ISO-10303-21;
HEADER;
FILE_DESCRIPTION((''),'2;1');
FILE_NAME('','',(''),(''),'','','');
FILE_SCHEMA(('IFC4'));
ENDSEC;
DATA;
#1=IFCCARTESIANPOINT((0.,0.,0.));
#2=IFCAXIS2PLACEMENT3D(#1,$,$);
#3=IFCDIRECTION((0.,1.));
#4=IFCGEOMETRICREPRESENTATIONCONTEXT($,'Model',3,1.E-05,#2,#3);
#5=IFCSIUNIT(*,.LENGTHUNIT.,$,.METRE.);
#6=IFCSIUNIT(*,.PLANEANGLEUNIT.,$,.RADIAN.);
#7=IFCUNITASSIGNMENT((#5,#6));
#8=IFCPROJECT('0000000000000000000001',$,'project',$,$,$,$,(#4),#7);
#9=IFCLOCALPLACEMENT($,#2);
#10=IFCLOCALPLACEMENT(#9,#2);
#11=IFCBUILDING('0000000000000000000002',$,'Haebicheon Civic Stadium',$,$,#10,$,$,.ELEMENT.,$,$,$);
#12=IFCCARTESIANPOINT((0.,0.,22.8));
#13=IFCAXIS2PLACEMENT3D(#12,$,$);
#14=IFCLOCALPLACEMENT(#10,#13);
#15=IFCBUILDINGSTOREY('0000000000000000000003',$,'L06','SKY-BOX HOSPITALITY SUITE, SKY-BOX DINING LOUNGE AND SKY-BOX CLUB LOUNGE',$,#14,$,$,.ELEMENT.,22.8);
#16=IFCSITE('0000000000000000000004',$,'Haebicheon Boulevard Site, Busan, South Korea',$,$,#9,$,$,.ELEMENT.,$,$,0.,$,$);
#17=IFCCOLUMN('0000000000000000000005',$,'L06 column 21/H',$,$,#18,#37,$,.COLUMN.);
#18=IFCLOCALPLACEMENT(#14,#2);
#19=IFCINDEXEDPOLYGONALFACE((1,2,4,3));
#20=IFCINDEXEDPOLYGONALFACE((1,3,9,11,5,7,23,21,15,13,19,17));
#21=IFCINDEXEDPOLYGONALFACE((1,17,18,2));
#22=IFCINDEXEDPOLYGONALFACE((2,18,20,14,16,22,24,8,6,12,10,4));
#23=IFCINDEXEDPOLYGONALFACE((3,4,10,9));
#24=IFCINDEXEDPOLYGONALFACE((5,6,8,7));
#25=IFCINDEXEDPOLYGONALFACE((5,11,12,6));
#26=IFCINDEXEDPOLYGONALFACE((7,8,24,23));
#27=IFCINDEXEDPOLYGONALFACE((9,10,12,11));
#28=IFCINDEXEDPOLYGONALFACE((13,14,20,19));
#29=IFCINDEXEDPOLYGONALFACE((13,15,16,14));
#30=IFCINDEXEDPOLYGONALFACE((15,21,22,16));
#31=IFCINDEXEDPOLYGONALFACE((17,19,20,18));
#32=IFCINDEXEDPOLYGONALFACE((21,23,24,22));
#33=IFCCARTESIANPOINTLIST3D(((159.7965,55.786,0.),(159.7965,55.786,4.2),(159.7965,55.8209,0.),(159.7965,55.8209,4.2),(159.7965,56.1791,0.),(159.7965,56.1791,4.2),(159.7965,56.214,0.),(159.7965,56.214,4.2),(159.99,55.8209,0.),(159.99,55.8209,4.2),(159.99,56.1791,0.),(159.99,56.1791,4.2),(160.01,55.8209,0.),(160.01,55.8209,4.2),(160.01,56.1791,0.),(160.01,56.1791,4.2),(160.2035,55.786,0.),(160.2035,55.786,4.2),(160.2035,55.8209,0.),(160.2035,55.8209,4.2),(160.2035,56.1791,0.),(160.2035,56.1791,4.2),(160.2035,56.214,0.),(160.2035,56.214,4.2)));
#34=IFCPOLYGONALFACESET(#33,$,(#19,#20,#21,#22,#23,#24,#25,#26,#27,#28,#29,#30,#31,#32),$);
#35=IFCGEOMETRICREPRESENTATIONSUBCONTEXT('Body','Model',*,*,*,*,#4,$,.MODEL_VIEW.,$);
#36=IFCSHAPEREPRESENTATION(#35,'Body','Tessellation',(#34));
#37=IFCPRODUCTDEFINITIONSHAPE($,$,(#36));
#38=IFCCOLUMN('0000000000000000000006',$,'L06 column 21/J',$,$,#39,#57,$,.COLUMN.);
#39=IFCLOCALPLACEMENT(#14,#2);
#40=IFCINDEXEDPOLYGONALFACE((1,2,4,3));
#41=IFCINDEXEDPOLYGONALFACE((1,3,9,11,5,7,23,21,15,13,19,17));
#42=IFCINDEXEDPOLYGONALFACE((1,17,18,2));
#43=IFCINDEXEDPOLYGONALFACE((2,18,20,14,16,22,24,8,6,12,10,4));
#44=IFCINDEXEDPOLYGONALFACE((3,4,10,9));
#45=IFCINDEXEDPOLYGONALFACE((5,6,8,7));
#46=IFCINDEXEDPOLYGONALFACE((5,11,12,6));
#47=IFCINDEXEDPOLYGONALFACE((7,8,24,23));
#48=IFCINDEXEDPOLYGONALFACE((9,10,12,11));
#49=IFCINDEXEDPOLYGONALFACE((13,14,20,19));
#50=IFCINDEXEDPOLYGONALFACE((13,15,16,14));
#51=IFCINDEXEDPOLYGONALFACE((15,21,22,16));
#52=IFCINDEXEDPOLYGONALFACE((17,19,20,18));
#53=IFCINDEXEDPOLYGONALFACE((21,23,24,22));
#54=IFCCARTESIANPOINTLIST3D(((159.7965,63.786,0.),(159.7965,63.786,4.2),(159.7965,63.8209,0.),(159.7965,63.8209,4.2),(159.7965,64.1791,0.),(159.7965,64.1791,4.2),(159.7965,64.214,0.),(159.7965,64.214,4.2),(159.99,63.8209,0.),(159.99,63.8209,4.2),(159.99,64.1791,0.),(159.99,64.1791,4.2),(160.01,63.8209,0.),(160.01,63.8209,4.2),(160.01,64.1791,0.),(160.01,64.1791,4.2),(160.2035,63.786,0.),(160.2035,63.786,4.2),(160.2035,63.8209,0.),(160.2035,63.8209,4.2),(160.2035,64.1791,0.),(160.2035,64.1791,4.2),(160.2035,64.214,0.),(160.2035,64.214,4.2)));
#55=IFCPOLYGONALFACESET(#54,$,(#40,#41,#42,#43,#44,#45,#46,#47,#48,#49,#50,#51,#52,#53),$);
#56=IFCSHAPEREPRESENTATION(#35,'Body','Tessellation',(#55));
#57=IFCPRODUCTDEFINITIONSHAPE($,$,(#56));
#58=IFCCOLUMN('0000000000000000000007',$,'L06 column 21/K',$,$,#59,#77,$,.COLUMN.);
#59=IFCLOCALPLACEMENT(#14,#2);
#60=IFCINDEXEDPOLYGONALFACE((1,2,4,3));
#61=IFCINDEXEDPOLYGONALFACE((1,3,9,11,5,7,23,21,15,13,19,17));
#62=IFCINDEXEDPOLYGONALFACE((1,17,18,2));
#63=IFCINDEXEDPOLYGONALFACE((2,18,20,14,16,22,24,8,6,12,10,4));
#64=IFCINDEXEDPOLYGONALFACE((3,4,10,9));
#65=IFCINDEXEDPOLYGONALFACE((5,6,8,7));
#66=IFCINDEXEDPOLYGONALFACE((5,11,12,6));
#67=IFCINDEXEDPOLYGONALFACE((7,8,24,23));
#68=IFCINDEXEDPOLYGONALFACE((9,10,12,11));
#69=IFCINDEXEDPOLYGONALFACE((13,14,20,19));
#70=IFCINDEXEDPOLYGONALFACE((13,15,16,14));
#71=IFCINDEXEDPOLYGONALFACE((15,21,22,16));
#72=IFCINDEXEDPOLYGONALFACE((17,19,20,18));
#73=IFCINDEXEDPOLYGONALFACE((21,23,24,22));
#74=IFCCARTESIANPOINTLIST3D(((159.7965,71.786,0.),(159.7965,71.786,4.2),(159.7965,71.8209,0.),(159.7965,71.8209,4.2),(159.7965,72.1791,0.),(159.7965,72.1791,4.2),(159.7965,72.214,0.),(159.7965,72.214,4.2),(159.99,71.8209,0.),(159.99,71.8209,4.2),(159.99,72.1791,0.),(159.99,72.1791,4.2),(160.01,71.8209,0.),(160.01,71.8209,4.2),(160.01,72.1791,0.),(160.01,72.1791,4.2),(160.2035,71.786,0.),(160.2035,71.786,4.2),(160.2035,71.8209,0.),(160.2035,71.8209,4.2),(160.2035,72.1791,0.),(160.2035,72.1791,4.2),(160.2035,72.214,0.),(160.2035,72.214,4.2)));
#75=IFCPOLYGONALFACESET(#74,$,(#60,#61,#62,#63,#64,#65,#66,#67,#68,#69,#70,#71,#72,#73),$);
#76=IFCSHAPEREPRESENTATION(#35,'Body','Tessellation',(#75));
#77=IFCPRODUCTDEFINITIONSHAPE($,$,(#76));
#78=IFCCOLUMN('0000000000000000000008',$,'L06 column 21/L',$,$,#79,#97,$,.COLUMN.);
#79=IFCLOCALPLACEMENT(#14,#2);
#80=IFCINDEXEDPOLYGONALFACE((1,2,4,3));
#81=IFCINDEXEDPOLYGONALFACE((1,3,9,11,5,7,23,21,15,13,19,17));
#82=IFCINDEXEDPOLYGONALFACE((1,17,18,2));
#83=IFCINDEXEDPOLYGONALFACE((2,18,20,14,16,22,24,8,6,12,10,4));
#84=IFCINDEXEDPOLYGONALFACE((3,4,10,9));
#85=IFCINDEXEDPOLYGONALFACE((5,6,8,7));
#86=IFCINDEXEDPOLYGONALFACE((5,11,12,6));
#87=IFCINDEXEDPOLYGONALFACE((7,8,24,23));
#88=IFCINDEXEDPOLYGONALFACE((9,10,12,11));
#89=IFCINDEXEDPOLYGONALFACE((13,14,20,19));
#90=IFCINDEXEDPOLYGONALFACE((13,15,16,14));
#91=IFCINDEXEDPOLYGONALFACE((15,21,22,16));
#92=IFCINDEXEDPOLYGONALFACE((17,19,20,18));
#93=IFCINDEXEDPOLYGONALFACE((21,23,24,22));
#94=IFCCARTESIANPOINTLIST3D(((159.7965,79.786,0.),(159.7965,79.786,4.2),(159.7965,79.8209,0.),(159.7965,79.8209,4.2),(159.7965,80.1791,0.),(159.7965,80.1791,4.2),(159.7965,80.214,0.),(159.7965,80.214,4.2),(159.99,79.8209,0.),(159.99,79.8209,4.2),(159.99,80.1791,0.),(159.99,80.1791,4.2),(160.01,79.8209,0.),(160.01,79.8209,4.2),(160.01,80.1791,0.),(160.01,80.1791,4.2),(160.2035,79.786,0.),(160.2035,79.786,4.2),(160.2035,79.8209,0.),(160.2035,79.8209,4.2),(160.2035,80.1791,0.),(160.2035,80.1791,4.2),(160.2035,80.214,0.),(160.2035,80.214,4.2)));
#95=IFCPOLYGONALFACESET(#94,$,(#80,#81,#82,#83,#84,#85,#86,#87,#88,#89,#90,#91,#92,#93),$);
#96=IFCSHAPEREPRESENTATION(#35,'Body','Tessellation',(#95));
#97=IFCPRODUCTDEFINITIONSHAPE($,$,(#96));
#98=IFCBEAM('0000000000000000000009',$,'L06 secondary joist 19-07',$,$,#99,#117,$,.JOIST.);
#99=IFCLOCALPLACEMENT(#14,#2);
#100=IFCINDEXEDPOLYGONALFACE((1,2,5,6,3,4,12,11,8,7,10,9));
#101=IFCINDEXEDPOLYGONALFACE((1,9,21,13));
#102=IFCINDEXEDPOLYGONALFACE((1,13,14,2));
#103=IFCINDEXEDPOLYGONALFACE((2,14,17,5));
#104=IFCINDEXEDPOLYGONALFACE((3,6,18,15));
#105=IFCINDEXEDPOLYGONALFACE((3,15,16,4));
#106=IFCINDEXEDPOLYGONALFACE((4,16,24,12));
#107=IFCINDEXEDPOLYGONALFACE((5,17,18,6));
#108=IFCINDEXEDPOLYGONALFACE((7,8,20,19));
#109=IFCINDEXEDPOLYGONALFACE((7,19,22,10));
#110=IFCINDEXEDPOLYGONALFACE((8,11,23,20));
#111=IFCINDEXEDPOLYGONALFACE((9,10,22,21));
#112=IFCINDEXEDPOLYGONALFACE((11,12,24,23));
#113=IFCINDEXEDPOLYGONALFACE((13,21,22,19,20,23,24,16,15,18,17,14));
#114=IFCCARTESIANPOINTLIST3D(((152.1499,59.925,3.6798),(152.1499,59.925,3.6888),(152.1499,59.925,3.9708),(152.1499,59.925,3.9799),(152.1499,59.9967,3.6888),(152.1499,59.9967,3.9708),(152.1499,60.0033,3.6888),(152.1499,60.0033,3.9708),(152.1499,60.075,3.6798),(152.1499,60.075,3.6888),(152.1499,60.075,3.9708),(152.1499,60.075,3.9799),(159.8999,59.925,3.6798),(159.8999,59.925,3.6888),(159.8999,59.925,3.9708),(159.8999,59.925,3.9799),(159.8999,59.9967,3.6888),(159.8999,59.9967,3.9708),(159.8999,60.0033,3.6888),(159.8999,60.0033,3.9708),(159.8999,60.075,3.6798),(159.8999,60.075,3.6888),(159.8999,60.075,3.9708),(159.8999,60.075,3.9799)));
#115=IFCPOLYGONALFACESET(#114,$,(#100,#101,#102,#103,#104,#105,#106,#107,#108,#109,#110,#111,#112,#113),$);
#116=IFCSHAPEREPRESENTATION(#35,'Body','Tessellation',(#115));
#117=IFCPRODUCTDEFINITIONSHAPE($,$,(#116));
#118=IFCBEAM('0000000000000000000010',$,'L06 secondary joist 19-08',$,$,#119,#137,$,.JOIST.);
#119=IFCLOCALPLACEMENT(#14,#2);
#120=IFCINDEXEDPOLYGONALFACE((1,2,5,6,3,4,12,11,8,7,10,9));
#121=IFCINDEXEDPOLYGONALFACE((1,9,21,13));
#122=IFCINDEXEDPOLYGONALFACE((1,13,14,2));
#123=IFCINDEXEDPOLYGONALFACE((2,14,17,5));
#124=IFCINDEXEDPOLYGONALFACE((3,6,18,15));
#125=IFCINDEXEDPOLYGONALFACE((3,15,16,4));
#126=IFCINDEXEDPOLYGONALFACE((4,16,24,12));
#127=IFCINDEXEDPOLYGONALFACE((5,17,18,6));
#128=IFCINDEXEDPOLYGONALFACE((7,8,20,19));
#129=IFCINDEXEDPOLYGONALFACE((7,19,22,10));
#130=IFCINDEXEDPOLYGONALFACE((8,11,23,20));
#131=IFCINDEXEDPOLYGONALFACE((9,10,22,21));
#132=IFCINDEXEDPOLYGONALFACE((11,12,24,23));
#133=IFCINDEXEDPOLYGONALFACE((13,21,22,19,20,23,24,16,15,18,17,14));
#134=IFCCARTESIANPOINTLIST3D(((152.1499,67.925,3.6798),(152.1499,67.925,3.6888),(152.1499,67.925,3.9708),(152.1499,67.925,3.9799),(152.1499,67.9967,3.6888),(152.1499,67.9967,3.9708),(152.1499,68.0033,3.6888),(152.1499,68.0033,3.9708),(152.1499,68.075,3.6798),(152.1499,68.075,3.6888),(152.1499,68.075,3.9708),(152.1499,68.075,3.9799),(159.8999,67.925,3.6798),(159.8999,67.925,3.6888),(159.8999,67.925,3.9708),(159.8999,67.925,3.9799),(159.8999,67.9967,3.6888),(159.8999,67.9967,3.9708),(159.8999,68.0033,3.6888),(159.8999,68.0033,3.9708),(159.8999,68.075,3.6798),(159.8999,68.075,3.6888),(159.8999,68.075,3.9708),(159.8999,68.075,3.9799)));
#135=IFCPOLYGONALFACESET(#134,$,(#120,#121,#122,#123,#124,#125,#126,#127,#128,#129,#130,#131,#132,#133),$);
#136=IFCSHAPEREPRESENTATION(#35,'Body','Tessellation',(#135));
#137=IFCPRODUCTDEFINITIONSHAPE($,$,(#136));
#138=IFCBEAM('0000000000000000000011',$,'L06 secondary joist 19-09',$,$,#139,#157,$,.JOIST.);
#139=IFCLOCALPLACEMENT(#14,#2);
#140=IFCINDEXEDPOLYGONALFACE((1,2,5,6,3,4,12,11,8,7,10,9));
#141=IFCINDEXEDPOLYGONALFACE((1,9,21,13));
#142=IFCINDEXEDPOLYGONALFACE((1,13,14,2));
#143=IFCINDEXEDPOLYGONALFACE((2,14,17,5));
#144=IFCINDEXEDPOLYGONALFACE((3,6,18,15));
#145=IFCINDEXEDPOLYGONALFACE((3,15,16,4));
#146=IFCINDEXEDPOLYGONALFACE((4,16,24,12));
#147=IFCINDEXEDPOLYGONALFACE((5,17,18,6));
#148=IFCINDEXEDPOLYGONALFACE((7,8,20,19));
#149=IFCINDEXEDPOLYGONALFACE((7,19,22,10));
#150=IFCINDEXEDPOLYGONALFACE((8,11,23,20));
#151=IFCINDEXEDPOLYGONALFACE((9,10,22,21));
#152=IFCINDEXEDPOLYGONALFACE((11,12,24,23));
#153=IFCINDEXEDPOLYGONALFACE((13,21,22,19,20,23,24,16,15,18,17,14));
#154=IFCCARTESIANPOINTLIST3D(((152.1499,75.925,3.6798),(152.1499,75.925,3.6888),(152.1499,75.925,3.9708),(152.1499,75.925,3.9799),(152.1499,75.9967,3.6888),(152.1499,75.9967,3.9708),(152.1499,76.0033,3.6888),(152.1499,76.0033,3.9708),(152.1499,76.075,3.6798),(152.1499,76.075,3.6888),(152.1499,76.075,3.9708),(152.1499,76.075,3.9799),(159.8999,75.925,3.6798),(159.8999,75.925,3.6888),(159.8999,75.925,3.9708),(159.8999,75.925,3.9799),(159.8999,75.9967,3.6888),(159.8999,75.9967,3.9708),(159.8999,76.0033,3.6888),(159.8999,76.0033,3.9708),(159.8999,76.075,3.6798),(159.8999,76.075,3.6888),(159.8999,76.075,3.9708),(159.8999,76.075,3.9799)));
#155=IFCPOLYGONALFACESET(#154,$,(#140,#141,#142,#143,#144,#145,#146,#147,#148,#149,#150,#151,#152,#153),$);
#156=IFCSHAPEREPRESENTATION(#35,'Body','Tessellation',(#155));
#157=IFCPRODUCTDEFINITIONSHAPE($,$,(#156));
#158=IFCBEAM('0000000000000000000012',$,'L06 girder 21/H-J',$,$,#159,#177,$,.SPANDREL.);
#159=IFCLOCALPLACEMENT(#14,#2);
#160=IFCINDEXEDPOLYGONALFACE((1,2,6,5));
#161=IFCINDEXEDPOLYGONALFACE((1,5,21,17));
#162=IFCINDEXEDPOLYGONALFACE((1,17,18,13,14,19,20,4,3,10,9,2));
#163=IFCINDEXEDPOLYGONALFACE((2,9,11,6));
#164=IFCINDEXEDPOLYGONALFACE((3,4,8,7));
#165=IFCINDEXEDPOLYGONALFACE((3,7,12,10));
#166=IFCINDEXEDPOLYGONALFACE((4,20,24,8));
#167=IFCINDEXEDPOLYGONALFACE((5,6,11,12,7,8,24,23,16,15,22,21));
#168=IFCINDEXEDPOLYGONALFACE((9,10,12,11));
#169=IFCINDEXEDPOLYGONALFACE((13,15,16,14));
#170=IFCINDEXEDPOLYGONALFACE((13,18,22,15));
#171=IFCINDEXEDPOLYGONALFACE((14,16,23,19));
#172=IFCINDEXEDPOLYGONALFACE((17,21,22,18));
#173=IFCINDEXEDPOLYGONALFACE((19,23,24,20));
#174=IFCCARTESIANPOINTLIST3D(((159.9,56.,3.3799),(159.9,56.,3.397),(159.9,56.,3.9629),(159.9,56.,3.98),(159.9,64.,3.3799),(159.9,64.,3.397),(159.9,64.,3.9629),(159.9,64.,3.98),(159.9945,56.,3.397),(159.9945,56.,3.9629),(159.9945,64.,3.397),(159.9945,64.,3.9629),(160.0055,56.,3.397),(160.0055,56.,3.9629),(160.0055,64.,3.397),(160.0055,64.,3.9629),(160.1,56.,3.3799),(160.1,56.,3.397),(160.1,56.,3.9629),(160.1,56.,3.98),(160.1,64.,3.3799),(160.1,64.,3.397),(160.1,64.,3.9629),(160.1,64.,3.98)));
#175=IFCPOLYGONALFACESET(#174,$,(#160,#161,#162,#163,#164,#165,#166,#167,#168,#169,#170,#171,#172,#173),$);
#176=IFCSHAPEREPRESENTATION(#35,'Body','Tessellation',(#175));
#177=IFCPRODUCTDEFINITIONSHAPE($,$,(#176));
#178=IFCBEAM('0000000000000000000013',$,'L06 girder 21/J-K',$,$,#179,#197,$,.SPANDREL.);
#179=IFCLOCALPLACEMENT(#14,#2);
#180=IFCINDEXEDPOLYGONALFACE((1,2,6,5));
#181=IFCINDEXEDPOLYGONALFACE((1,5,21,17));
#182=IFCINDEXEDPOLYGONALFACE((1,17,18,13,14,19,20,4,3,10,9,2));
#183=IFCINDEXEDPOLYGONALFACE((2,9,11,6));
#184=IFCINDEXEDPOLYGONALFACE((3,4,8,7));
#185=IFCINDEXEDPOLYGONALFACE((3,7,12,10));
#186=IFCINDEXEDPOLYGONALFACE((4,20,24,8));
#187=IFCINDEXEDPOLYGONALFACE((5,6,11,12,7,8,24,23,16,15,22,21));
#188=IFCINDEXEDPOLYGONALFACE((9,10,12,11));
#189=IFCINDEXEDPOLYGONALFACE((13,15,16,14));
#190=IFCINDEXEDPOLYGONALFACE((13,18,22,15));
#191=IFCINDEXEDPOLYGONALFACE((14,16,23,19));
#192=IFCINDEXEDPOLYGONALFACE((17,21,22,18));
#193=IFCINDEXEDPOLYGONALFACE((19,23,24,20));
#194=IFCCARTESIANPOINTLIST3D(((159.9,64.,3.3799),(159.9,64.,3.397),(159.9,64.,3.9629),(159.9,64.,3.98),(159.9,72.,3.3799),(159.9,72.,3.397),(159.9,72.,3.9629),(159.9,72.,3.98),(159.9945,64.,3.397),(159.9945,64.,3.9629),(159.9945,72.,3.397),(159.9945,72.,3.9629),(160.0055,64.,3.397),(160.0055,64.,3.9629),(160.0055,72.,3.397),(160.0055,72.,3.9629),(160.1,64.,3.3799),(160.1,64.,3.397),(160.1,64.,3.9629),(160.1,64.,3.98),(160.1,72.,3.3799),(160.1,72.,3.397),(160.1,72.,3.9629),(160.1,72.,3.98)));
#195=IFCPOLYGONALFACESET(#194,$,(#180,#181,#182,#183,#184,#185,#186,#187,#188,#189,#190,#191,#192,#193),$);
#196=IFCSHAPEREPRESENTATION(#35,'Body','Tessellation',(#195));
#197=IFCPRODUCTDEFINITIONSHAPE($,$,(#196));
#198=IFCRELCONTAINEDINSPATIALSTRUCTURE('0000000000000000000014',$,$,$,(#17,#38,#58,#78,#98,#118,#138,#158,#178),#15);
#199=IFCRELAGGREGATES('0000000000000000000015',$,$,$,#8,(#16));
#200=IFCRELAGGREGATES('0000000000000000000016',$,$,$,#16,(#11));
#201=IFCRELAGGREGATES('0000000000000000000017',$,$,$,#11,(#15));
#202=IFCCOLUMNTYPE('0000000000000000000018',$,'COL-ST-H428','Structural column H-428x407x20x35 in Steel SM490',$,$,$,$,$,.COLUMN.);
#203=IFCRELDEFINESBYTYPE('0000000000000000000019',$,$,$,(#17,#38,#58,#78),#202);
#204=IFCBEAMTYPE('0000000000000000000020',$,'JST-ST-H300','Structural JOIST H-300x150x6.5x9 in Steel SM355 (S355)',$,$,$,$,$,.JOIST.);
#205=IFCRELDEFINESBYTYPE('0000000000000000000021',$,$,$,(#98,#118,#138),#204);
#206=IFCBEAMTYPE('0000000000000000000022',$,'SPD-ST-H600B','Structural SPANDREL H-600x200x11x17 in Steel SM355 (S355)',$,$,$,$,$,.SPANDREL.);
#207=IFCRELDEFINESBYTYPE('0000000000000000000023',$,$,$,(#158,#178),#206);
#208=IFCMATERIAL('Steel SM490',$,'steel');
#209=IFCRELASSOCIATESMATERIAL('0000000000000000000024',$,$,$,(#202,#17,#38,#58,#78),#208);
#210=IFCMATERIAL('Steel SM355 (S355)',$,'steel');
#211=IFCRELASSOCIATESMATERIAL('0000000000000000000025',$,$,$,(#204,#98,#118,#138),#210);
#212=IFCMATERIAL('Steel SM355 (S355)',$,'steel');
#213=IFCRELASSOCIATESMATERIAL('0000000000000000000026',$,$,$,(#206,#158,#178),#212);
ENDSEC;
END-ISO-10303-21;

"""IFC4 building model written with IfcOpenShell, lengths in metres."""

from ifc_helpers import new_model, si_unit, direction, frame, origin, origin_2d, place, context, subcontext, project, spatial, i_section, extrude, material, material_profile, profile_set, type_object, element, save


model = new_model("IFC4")

# Units and contexts
model_context = context("Model", 3, precision=1e-05, world=origin(), true_north=direction((0.0, 1.0)))
body_context = subcontext(model_context, "Body", "Model", "MODEL_VIEW")
ifc_project = project(units=[si_unit("LENGTHUNIT", "METRE"), si_unit("PLANEANGLEUNIT", "RADIAN")], contexts=[model_context])

# Site, building, storey
site_placement = place(None, origin())
site = spatial("IfcSite", under=ifc_project, at=site_placement, Name="Haebicheon Boulevard Site, Busan, South Korea", CompositionType="ELEMENT", RefElevation=0.0)
building_placement = place(site_placement, origin())
building = spatial("IfcBuilding", under=site, at=building_placement, Name="Haebicheon Civic Stadium", CompositionType="ELEMENT")
storey_placement = place(building_placement, frame((0.0, 0.0, 22.8)))
storey = spatial("IfcBuildingStorey", under=building, at=storey_placement, Name="L06", Description="SKY-BOX HOSPITALITY SUITE, SKY-BOX DINING LOUNGE AND SKY-BOX CLUB LOUNGE", CompositionType="ELEMENT", Elevation=22.8)

# Columns
ifc_material_1 = material(Name="Steel SM490", Category="steel")
ifc_material_profile_1 = material_profile(ifc_material_1, i_section(OverallWidth=0.407, OverallDepth=0.428, WebThickness=0.02, FlangeThickness=0.0349, at=origin_2d()), Name="H-428x407x20x35")
ifc_profile_set_1 = profile_set([ifc_material_profile_1], Name="Steel SM490")
column_type = type_object("IfcColumnType", Name="COL-ST-H428", Description="Structural column H-428x407x20x35 in Steel SM490", PredefinedType="COLUMN", material=ifc_profile_set_1)
for number, where, z_axis, x_axis, name in (
    (1, (160.0, 56.0, 0.0), (0.0, 0.0, 1.0), (1.0, 0.0, 0.0), "L06 column 21/H"),
    (2, (160.0, 64.0, 0.0), (0.0, 0.0, 1.0), (1.0, 0.0, 0.0), "L06 column 21/J"),
    (3, (160.0, 72.0, 0.0), (0.0, 0.0, 1.0), (1.0, 0.0, 0.0), "L06 column 21/K"),
    (4, (160.0, 80.0, 0.0), (0.0, 0.0, 1.0), (1.0, 0.0, 0.0), "L06 column 21/L"),
):
    element("IfcColumn", number, at=place(storey_placement, frame(where, z_axis=z_axis, x_axis=x_axis)), inside=storey, type_object=column_type, material=ifc_profile_set_1, Name=name, PredefinedType="COLUMN", context=body_context, shape_type="SweptSolid", body=[
        extrude(i_section(OverallWidth=0.407, OverallDepth=0.428, WebThickness=0.02, FlangeThickness=0.0349, at=origin_2d()), origin(), (0.0, 0.0, 1.0), 4.2),
    ])

# Beams
ifc_material_2 = material(Name="Steel SM355 (S355)", Category="steel")
ifc_material_profile_2 = material_profile(ifc_material_2, i_section(OverallWidth=0.1499, OverallDepth=0.3, WebThickness=0.0066, FlangeThickness=0.009, at=origin_2d()), Name="H-300x150x6.5x9")
ifc_profile_set_2 = profile_set([ifc_material_profile_2], Name="Steel SM355 (S355)")
beam_type_1 = type_object("IfcBeamType", Name="JST-ST-H300", Description="Structural JOIST H-300x150x6.5x9 in Steel SM355 (S355)", PredefinedType="JOIST", material=ifc_profile_set_2)
for number, where, z_axis, x_axis, name in (
    (5, (152.1499, 60.0, 3.8298), (1.0, 0.0, 0.0), (0.0, 1.0, 0.0), "L06 secondary joist 19-07"),
    (6, (152.1499, 68.0, 3.8298), (1.0, 0.0, 0.0), (0.0, 1.0, 0.0), "L06 secondary joist 19-08"),
    (7, (152.1499, 76.0, 3.8298), (1.0, 0.0, 0.0), (0.0, 1.0, 0.0), "L06 secondary joist 19-09"),
):
    element("IfcBeam", number, at=place(storey_placement, frame(where, z_axis=z_axis, x_axis=x_axis)), inside=storey, type_object=beam_type_1, material=ifc_profile_set_2, Name=name, PredefinedType="JOIST", context=body_context, shape_type="SweptSolid", body=[
        extrude(i_section(OverallWidth=0.1499, OverallDepth=0.3, WebThickness=0.0066, FlangeThickness=0.009, at=origin_2d()), origin(), (0.0, 0.0, 1.0), 7.75),
    ])
ifc_material_3 = material(Name="Steel SM355 (S355)", Category="steel")
ifc_material_profile_3 = material_profile(ifc_material_3, i_section(OverallWidth=0.2, OverallDepth=0.6001, WebThickness=0.011, FlangeThickness=0.0171, at=origin_2d()), Name="H-600x200x11x17")
ifc_profile_set_3 = profile_set([ifc_material_profile_3], Name="Steel SM355 (S355)")
beam_type_2 = type_object("IfcBeamType", Name="SPD-ST-H600B", Description="Structural SPANDREL H-600x200x11x17 in Steel SM355 (S355)", PredefinedType="SPANDREL", material=ifc_profile_set_3)
for number, where, z_axis, x_axis, name in (
    (8, (160.0, 56.0, 3.6799), (0.0, 1.0, 0.0), (-1.0, 0.0, 0.0), "L06 girder 21/H-J"),
    (9, (160.0, 64.0, 3.6799), (0.0, 1.0, 0.0), (-1.0, 0.0, 0.0), "L06 girder 21/J-K"),
):
    element("IfcBeam", number, at=place(storey_placement, frame(where, z_axis=z_axis, x_axis=x_axis)), inside=storey, type_object=beam_type_2, material=ifc_profile_set_3, Name=name, PredefinedType="SPANDREL", context=body_context, shape_type="SweptSolid", body=[
        extrude(i_section(OverallWidth=0.2, OverallDepth=0.6001, WebThickness=0.011, FlangeThickness=0.0171, at=origin_2d()), origin(), (0.0, 0.0, 1.0), 8.0),
    ])

save(model, "model.ifc")
